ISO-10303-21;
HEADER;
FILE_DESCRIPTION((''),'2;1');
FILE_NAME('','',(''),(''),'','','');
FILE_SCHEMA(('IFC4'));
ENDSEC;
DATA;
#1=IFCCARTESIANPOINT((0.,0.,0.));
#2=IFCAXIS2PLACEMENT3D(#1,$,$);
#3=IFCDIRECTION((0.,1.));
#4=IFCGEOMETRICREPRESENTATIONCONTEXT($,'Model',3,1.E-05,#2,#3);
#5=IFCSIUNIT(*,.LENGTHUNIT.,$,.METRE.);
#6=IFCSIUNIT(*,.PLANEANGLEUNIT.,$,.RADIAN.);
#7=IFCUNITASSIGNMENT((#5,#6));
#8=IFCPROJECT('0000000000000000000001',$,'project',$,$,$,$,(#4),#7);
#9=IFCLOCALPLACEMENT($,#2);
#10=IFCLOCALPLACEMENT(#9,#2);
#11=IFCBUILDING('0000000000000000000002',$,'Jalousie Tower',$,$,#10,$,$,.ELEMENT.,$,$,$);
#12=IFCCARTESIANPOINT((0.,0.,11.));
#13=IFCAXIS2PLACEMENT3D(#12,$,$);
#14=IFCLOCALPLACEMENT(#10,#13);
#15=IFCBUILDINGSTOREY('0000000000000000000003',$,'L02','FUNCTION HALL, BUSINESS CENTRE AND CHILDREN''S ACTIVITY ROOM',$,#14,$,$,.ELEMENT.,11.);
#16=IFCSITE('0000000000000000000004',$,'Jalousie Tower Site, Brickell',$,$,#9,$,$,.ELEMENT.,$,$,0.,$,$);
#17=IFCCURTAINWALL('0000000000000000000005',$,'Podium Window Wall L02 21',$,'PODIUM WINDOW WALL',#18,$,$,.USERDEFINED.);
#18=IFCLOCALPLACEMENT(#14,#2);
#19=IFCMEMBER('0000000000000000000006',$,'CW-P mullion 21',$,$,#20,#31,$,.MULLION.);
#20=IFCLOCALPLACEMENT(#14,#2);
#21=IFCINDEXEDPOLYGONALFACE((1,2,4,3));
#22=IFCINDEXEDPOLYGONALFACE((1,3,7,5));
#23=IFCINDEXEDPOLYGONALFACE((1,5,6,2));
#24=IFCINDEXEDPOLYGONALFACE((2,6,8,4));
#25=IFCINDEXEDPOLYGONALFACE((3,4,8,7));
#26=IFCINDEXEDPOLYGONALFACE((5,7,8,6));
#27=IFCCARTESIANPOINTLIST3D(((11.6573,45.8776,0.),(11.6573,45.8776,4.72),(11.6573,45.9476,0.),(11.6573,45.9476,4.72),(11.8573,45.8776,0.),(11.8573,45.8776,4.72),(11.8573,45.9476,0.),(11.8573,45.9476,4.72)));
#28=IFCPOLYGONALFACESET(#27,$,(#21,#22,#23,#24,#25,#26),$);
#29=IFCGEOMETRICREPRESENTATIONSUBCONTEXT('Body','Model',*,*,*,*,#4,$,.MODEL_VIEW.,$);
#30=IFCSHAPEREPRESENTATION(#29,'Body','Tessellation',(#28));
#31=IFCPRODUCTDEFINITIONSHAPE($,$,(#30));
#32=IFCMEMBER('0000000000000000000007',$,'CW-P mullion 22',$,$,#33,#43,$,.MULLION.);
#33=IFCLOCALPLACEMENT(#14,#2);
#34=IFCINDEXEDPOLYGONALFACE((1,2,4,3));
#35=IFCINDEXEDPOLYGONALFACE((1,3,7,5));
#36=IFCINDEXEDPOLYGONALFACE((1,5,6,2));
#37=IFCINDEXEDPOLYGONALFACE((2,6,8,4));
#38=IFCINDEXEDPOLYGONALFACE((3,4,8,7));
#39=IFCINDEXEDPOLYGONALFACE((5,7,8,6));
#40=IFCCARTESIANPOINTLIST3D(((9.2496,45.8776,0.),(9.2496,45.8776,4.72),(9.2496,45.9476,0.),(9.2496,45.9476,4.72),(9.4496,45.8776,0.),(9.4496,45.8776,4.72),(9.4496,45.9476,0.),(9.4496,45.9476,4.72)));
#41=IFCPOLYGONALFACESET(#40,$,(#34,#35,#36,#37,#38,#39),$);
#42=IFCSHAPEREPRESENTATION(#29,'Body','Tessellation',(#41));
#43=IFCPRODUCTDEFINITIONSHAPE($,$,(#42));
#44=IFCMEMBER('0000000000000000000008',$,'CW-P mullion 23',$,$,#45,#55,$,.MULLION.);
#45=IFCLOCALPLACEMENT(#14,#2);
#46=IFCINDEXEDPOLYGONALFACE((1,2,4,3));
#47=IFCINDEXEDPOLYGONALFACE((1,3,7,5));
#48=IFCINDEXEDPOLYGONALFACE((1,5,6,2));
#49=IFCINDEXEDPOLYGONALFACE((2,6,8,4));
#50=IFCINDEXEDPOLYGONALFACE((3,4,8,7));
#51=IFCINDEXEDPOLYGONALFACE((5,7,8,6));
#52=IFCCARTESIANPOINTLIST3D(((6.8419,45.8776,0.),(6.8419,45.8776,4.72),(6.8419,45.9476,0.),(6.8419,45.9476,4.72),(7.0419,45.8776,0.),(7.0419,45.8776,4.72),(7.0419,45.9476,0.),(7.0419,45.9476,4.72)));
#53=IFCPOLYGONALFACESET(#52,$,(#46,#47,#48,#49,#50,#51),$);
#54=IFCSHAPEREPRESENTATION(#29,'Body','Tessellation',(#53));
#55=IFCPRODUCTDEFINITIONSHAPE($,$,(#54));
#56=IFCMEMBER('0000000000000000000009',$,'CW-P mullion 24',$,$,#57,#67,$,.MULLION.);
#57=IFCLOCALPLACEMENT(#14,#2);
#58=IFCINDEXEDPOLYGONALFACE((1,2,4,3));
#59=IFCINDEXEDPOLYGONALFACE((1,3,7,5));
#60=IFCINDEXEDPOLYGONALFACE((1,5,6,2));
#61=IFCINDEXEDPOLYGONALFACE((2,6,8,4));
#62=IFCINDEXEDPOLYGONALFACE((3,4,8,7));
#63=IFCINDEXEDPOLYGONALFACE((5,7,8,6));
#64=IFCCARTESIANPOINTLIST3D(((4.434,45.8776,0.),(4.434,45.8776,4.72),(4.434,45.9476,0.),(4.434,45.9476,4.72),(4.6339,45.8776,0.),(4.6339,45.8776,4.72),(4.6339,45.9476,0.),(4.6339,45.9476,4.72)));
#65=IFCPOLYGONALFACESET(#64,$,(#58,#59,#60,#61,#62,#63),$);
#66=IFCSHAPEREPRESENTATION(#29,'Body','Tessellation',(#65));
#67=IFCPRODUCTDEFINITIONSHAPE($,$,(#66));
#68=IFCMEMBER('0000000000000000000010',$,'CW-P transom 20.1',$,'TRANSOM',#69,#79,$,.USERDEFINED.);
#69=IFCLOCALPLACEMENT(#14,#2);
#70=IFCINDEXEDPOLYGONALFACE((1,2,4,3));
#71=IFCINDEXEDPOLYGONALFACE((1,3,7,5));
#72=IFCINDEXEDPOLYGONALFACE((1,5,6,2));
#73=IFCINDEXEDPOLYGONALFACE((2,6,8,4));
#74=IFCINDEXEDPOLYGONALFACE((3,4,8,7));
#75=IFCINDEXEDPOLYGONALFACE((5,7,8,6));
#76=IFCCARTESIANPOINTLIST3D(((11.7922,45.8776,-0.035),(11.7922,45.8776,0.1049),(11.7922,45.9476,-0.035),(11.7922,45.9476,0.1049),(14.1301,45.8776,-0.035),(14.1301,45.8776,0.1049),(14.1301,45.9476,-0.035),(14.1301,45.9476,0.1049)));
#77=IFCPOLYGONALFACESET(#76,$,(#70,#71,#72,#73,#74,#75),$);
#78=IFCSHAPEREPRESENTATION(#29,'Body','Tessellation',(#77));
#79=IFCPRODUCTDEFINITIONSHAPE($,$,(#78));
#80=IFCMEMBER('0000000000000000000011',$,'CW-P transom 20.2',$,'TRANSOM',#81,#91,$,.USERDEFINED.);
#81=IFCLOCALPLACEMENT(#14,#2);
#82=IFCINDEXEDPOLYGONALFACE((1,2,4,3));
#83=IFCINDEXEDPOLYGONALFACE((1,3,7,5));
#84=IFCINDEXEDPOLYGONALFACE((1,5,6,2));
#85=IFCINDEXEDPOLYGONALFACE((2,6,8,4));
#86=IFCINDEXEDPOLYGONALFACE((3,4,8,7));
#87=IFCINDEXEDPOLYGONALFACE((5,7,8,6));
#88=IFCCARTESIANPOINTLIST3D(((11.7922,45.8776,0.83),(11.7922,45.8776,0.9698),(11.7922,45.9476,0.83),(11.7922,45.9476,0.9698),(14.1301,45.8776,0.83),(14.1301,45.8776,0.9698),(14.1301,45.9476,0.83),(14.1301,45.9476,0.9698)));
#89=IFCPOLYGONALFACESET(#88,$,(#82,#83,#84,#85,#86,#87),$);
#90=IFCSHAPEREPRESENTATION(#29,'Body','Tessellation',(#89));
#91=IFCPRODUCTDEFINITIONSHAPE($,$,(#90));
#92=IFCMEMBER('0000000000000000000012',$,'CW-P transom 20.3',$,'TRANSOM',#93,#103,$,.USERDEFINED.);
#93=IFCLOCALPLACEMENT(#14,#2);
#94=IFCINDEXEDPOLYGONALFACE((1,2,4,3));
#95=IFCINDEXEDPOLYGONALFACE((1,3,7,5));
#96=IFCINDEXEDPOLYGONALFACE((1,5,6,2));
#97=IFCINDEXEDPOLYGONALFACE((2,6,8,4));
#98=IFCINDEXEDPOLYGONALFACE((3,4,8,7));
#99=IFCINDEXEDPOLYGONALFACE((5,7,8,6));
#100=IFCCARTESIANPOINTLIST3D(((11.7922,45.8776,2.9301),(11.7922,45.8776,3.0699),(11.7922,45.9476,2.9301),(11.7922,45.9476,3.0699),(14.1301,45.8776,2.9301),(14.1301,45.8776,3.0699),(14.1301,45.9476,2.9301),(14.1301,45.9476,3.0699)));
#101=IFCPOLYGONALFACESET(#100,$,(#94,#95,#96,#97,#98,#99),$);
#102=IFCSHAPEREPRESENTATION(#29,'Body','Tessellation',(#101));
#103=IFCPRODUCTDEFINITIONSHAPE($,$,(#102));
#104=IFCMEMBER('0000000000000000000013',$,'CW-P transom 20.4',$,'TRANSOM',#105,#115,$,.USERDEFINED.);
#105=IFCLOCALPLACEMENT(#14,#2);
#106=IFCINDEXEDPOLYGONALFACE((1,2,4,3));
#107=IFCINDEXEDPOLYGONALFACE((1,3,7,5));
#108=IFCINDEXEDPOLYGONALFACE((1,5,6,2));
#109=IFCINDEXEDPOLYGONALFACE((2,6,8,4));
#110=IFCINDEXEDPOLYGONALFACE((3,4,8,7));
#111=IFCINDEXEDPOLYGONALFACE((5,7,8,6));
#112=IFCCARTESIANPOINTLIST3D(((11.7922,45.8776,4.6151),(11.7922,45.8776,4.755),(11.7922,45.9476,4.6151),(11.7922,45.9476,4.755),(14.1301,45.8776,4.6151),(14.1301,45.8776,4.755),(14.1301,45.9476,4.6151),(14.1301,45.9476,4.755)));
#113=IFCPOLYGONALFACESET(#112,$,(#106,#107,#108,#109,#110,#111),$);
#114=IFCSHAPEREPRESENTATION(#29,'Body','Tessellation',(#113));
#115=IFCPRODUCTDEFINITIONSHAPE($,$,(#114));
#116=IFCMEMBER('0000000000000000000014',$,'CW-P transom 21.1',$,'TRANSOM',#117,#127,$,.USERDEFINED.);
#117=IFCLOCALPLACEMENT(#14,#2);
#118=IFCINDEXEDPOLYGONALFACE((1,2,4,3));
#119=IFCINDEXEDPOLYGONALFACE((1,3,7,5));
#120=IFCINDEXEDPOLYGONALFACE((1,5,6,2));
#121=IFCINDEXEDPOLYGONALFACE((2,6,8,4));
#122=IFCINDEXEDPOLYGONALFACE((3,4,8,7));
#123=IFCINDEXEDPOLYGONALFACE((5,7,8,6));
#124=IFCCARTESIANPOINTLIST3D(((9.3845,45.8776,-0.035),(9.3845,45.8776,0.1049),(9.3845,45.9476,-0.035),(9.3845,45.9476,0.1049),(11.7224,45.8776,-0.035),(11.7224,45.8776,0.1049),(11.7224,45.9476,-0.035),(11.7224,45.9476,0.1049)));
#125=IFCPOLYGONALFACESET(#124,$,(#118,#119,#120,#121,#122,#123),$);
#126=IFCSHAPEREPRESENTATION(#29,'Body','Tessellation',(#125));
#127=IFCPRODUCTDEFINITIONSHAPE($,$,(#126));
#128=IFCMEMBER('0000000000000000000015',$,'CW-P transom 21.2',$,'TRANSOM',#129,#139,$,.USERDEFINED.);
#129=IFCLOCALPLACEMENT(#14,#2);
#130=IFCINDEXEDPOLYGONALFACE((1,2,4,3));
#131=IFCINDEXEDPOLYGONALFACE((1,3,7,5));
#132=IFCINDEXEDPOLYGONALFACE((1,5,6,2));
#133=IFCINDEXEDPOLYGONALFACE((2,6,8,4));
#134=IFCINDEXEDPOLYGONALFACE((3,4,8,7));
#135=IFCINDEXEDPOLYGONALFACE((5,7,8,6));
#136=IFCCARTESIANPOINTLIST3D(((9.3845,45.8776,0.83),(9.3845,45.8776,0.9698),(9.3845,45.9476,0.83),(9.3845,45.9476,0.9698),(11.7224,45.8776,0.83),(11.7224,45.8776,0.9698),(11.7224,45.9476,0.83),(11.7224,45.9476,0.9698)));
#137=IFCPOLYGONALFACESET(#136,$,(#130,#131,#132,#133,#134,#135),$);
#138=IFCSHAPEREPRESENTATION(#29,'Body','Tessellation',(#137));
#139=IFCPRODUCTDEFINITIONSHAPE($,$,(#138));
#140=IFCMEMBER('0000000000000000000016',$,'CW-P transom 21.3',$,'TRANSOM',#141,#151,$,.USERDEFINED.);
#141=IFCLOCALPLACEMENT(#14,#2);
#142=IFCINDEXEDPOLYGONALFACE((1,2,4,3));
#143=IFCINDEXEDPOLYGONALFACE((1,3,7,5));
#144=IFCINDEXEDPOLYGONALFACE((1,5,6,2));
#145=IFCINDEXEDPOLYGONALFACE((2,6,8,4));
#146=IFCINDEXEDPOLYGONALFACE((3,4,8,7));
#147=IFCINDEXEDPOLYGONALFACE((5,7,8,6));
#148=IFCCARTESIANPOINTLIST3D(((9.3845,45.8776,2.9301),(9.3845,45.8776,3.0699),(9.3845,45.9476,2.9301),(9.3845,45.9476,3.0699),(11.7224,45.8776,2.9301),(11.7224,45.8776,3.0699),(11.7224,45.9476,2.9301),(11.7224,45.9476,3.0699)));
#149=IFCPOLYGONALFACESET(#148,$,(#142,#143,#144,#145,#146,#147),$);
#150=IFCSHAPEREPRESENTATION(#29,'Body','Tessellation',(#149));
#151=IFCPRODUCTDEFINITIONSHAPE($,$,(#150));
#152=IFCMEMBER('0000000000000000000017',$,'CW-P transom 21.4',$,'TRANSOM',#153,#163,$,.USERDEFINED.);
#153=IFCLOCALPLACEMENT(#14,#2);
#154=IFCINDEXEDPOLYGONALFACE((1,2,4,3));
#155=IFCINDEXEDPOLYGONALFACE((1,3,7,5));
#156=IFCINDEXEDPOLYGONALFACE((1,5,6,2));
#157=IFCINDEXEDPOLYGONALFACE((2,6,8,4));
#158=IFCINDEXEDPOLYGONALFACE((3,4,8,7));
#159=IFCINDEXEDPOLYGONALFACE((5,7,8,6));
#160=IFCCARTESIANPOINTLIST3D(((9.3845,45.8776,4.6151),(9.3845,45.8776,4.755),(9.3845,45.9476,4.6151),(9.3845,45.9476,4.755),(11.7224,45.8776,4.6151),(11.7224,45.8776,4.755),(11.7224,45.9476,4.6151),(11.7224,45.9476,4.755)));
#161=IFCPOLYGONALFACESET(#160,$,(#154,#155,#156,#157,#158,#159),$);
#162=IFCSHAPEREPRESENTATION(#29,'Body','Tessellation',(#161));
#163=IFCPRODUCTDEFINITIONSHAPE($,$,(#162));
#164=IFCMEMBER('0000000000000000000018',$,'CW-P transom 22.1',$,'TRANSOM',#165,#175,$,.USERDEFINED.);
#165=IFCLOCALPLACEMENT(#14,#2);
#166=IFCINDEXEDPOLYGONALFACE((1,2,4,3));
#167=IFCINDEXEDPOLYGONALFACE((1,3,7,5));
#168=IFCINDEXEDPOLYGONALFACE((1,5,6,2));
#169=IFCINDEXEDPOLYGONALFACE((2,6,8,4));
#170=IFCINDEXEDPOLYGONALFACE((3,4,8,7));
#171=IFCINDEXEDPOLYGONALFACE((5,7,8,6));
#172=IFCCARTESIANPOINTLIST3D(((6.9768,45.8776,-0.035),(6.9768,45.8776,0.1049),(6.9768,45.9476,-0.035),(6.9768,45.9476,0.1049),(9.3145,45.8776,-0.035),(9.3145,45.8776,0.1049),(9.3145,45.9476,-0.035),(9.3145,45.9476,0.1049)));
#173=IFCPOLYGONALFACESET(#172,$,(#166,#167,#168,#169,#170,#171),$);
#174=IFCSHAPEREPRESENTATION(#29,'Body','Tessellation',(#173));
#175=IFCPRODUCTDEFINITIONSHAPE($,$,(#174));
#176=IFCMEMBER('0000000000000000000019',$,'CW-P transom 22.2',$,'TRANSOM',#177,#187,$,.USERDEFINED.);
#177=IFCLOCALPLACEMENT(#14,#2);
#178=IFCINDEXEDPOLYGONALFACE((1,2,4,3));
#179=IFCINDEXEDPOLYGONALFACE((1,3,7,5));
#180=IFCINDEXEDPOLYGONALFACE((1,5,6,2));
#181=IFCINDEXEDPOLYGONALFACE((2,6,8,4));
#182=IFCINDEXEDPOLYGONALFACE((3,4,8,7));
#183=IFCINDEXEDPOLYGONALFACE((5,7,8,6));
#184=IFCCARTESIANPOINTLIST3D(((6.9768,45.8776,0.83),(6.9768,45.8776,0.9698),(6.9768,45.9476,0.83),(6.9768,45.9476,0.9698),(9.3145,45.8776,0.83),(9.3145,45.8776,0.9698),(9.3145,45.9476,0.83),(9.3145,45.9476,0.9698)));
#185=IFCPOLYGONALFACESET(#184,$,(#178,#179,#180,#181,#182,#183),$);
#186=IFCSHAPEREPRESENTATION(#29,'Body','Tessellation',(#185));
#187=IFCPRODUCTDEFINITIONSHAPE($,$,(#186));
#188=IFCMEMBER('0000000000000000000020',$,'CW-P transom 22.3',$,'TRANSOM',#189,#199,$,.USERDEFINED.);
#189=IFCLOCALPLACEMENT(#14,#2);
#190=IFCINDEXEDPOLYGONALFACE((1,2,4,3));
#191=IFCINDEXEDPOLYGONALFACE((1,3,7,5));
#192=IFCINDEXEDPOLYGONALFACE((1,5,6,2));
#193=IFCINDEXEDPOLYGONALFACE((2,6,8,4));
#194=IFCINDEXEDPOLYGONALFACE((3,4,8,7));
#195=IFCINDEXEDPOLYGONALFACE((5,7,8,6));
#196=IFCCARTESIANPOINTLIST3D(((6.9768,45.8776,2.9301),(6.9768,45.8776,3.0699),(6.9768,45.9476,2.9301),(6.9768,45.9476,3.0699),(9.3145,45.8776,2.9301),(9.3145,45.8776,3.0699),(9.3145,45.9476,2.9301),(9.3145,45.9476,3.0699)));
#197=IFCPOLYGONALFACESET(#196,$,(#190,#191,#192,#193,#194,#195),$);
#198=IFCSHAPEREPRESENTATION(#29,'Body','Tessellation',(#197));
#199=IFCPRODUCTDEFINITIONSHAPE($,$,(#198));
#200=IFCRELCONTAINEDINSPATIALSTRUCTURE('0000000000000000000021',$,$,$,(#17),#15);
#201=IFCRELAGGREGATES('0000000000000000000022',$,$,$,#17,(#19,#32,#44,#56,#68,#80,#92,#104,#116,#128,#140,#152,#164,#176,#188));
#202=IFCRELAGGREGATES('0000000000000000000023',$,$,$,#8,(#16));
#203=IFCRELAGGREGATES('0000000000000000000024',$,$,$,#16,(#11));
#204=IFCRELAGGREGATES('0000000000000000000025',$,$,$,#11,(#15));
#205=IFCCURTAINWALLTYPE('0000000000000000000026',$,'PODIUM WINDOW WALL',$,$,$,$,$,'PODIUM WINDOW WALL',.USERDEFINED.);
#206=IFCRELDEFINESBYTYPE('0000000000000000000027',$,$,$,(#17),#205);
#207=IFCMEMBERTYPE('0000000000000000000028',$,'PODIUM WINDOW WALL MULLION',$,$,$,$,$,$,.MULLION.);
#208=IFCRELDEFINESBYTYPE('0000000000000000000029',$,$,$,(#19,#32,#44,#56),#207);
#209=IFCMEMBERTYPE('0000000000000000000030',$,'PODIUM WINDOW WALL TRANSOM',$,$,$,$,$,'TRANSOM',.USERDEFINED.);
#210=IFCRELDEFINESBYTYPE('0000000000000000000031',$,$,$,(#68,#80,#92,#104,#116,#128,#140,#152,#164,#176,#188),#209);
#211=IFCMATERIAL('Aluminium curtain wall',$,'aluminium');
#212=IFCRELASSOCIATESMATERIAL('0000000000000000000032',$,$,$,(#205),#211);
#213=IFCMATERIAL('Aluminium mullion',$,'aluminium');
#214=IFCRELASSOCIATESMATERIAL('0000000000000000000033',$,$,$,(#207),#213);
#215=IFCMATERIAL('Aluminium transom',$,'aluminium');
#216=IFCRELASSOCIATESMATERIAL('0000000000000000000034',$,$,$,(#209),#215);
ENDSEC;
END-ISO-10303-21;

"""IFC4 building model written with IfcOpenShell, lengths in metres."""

from ifc_helpers import new_model, si_unit, direction, frame, origin, origin_2d, place, context, subcontext, project, spatial, rectangle, extrude, material, material_profile, profile_set, type_object, element, aggregate, save


model = new_model("IFC4")

# Units and contexts
model_context = context("Model", 3, precision=1e-05, world=origin(), true_north=direction((0.0, 1.0)))
body_context = subcontext(model_context, "Body", "Model", "MODEL_VIEW")
ifc_project = project(units=[si_unit("LENGTHUNIT", "METRE"), si_unit("PLANEANGLEUNIT", "RADIAN")], contexts=[model_context])

# Site, building, storey
site_placement = place(None, origin())
site = spatial("IfcSite", under=ifc_project, at=site_placement, Name="Jalousie Tower Site, Brickell", CompositionType="ELEMENT", RefElevation=0.0)
building_placement = place(site_placement, origin())
building = spatial("IfcBuilding", under=site, at=building_placement, Name="Jalousie Tower", CompositionType="ELEMENT")
storey_placement = place(building_placement, frame((0.0, 0.0, 11.0)))
storey = spatial("IfcBuildingStorey", under=building, at=storey_placement, Name="L02", Description="FUNCTION HALL, BUSINESS CENTRE AND CHILDREN'S ACTIVITY ROOM", CompositionType="ELEMENT", Elevation=11.0)

# Curtain wall, members
ifc_material_1 = material(Name="Aluminium curtain wall", Category="aluminium")
curtain_wall_type = type_object("IfcCurtainWallType", Name="PODIUM WINDOW WALL", ElementType="PODIUM WINDOW WALL", PredefinedType="USERDEFINED", material=ifc_material_1)
curtain_wall_placement = place(storey_placement, origin())
curtain_wall = element("IfcCurtainWall", 1, at=curtain_wall_placement, inside=storey, type_object=curtain_wall_type, Name="Podium Window Wall L02 21", ObjectType="PODIUM WINDOW WALL", PredefinedType="USERDEFINED")
ifc_material_2 = material(Name="Aluminium mullion", Category="aluminium")
ifc_material_profile_1 = material_profile(ifc_material_2, rectangle(XDim=0.0701, YDim=0.2, at=origin_2d()), Name="MULLION 70x200")
ifc_profile_set_1 = profile_set([ifc_material_profile_1], Name="Aluminium mullion")
member_type_1 = type_object("IfcMemberType", Name="PODIUM WINDOW WALL MULLION", PredefinedType="MULLION", material=ifc_profile_set_1)
member_1_placement = place(storey_placement, frame((11.7573, 45.9126, 0.0), z_axis=(0.0, 0.0, 1.0), x_axis=(0.0, -1.0, 0.0)))
member_1 = element("IfcMember", 2, at=member_1_placement, type_object=member_type_1, Name="CW-P mullion 21", PredefinedType="MULLION", context=body_context, shape_type="SweptSolid", body=[
    extrude(rectangle(XDim=0.0701, YDim=0.2, at=origin_2d()), origin(), (0.0, 0.0, 1.0), 4.72),
])
member_2_placement = place(storey_placement, frame((9.3496, 45.9126, 0.0), z_axis=(0.0, 0.0, 1.0), x_axis=(0.0, -1.0, 0.0)))
member_2 = element("IfcMember", 3, at=member_2_placement, type_object=member_type_1, Name="CW-P mullion 22", PredefinedType="MULLION", context=body_context, shape_type="SweptSolid", body=[
    extrude(rectangle(XDim=0.0701, YDim=0.2, at=origin_2d()), origin(), (0.0, 0.0, 1.0), 4.72),
])
member_3_placement = place(storey_placement, frame((6.9419, 45.9126, 0.0), z_axis=(0.0, 0.0, 1.0), x_axis=(0.0, -1.0, 0.0)))
member_3 = element("IfcMember", 4, at=member_3_placement, type_object=member_type_1, Name="CW-P mullion 23", PredefinedType="MULLION", context=body_context, shape_type="SweptSolid", body=[
    extrude(rectangle(XDim=0.0701, YDim=0.2, at=origin_2d()), origin(), (0.0, 0.0, 1.0), 4.72),
])
member_4_placement = place(storey_placement, frame((4.5339, 45.9126, 0.0), z_axis=(0.0, 0.0, 1.0), x_axis=(0.0, -1.0, 0.0)))
member_4 = element("IfcMember", 5, at=member_4_placement, type_object=member_type_1, Name="CW-P mullion 24", PredefinedType="MULLION", context=body_context, shape_type="SweptSolid", body=[
    extrude(rectangle(XDim=0.0701, YDim=0.2, at=origin_2d()), origin(), (0.0, 0.0, 1.0), 4.72),
])
ifc_material_3 = material(Name="Aluminium transom", Category="aluminium")
ifc_material_profile_2 = material_profile(ifc_material_3, rectangle(XDim=0.0701, YDim=0.1399, at=origin_2d()), Name="TRANSOM 70x140")
ifc_profile_set_2 = profile_set([ifc_material_profile_2], Name="Aluminium transom")
member_type_2 = type_object("IfcMemberType", Name="PODIUM WINDOW WALL TRANSOM", ElementType="TRANSOM", PredefinedType="USERDEFINED", material=ifc_profile_set_2)
member_5_placement = place(storey_placement, frame((14.1301, 45.9126, 0.0349), z_axis=(-1.0, 0.0, 0.0), x_axis=(0.0, -1.0, 0.0)))
member_5 = element("IfcMember", 6, at=member_5_placement, type_object=member_type_2, Name="CW-P transom 20.1", ObjectType="TRANSOM", PredefinedType="USERDEFINED", context=body_context, shape_type="SweptSolid", body=[
    extrude(rectangle(XDim=0.0701, YDim=0.1399, at=origin_2d()), origin(), (0.0, 0.0, 1.0), 2.3379),
])
member_6_placement = place(storey_placement, frame((14.1301, 45.9126, 0.8999), z_axis=(-1.0, 0.0, 0.0), x_axis=(0.0, -1.0, 0.0)))
member_6 = element("IfcMember", 7, at=member_6_placement, type_object=member_type_2, Name="CW-P transom 20.2", ObjectType="TRANSOM", PredefinedType="USERDEFINED", context=body_context, shape_type="SweptSolid", body=[
    extrude(rectangle(XDim=0.0701, YDim=0.1399, at=origin_2d()), origin(), (0.0, 0.0, 1.0), 2.3379),
])
member_7_placement = place(storey_placement, frame((14.1301, 45.9126, 3.0), z_axis=(-1.0, 0.0, 0.0), x_axis=(0.0, -1.0, 0.0)))
member_7 = element("IfcMember", 8, at=member_7_placement, type_object=member_type_2, Name="CW-P transom 20.3", ObjectType="TRANSOM", PredefinedType="USERDEFINED", context=body_context, shape_type="SweptSolid", body=[
    extrude(rectangle(XDim=0.0701, YDim=0.1399, at=origin_2d()), origin(), (0.0, 0.0, 1.0), 2.3379),
])
member_8_placement = place(storey_placement, frame((14.1301, 45.9126, 4.6851), z_axis=(-1.0, 0.0, 0.0), x_axis=(0.0, -1.0, 0.0)))
member_8 = element("IfcMember", 9, at=member_8_placement, type_object=member_type_2, Name="CW-P transom 20.4", ObjectType="TRANSOM", PredefinedType="USERDEFINED", context=body_context, shape_type="SweptSolid", body=[
    extrude(rectangle(XDim=0.0701, YDim=0.1399, at=origin_2d()), origin(), (0.0, 0.0, 1.0), 2.3379),
])
member_9_placement = place(storey_placement, frame((11.7224, 45.9126, 0.0349), z_axis=(-1.0, 0.0, 0.0), x_axis=(0.0, -1.0, 0.0)))
member_9 = element("IfcMember", 10, at=member_9_placement, type_object=member_type_2, Name="CW-P transom 21.1", ObjectType="TRANSOM", PredefinedType="USERDEFINED", context=body_context, shape_type="SweptSolid", body=[
    extrude(rectangle(XDim=0.0701, YDim=0.1399, at=origin_2d()), origin(), (0.0, 0.0, 1.0), 2.3379),
])
member_10_placement = place(storey_placement, frame((11.7224, 45.9126, 0.8999), z_axis=(-1.0, 0.0, 0.0), x_axis=(0.0, -1.0, 0.0)))
member_10 = element("IfcMember", 11, at=member_10_placement, type_object=member_type_2, Name="CW-P transom 21.2", ObjectType="TRANSOM", PredefinedType="USERDEFINED", context=body_context, shape_type="SweptSolid", body=[
    extrude(rectangle(XDim=0.0701, YDim=0.1399, at=origin_2d()), origin(), (0.0, 0.0, 1.0), 2.3379),
])
member_11_placement = place(storey_placement, frame((11.7224, 45.9126, 3.0), z_axis=(-1.0, 0.0, 0.0), x_axis=(0.0, -1.0, 0.0)))
member_11 = element("IfcMember", 12, at=member_11_placement, type_object=member_type_2, Name="CW-P transom 21.3", ObjectType="TRANSOM", PredefinedType="USERDEFINED", context=body_context, shape_type="SweptSolid", body=[
    extrude(rectangle(XDim=0.0701, YDim=0.1399, at=origin_2d()), origin(), (0.0, 0.0, 1.0), 2.3379),
])
member_12_placement = place(storey_placement, frame((11.7224, 45.9126, 4.6851), z_axis=(-1.0, 0.0, 0.0), x_axis=(0.0, -1.0, 0.0)))
member_12 = element("IfcMember", 13, at=member_12_placement, type_object=member_type_2, Name="CW-P transom 21.4", ObjectType="TRANSOM", PredefinedType="USERDEFINED", context=body_context, shape_type="SweptSolid", body=[
    extrude(rectangle(XDim=0.0701, YDim=0.1399, at=origin_2d()), origin(), (0.0, 0.0, 1.0), 2.3379),
])
member_13_placement = place(storey_placement, frame((9.3145, 45.9126, 0.0349), z_axis=(-1.0, 0.0, 0.0), x_axis=(0.0, -1.0, 0.0)))
member_13 = element("IfcMember", 14, at=member_13_placement, type_object=member_type_2, Name="CW-P transom 22.1", ObjectType="TRANSOM", PredefinedType="USERDEFINED", context=body_context, shape_type="SweptSolid", body=[
    extrude(rectangle(XDim=0.0701, YDim=0.1399, at=origin_2d()), origin(), (0.0, 0.0, 1.0), 2.3376),
])
member_14_placement = place(storey_placement, frame((9.3145, 45.9126, 0.8999), z_axis=(-1.0, 0.0, 0.0), x_axis=(0.0, -1.0, 0.0)))
member_14 = element("IfcMember", 15, at=member_14_placement, type_object=member_type_2, Name="CW-P transom 22.2", ObjectType="TRANSOM", PredefinedType="USERDEFINED", context=body_context, shape_type="SweptSolid", body=[
    extrude(rectangle(XDim=0.0701, YDim=0.1399, at=origin_2d()), origin(), (0.0, 0.0, 1.0), 2.3376),
])
member_15_placement = place(storey_placement, frame((9.3145, 45.9126, 3.0), z_axis=(-1.0, 0.0, 0.0), x_axis=(0.0, -1.0, 0.0)))
member_15 = element("IfcMember", 16, at=member_15_placement, type_object=member_type_2, Name="CW-P transom 22.3", ObjectType="TRANSOM", PredefinedType="USERDEFINED", context=body_context, shape_type="SweptSolid", body=[
    extrude(rectangle(XDim=0.0701, YDim=0.1399, at=origin_2d()), origin(), (0.0, 0.0, 1.0), 2.3376),
])
aggregate(curtain_wall, [member_1, member_2, member_3, member_4, member_5, member_6, member_7, member_8, member_9, member_10, member_11, member_12, member_13, member_14, member_15])

save(model, "model.ifc")
